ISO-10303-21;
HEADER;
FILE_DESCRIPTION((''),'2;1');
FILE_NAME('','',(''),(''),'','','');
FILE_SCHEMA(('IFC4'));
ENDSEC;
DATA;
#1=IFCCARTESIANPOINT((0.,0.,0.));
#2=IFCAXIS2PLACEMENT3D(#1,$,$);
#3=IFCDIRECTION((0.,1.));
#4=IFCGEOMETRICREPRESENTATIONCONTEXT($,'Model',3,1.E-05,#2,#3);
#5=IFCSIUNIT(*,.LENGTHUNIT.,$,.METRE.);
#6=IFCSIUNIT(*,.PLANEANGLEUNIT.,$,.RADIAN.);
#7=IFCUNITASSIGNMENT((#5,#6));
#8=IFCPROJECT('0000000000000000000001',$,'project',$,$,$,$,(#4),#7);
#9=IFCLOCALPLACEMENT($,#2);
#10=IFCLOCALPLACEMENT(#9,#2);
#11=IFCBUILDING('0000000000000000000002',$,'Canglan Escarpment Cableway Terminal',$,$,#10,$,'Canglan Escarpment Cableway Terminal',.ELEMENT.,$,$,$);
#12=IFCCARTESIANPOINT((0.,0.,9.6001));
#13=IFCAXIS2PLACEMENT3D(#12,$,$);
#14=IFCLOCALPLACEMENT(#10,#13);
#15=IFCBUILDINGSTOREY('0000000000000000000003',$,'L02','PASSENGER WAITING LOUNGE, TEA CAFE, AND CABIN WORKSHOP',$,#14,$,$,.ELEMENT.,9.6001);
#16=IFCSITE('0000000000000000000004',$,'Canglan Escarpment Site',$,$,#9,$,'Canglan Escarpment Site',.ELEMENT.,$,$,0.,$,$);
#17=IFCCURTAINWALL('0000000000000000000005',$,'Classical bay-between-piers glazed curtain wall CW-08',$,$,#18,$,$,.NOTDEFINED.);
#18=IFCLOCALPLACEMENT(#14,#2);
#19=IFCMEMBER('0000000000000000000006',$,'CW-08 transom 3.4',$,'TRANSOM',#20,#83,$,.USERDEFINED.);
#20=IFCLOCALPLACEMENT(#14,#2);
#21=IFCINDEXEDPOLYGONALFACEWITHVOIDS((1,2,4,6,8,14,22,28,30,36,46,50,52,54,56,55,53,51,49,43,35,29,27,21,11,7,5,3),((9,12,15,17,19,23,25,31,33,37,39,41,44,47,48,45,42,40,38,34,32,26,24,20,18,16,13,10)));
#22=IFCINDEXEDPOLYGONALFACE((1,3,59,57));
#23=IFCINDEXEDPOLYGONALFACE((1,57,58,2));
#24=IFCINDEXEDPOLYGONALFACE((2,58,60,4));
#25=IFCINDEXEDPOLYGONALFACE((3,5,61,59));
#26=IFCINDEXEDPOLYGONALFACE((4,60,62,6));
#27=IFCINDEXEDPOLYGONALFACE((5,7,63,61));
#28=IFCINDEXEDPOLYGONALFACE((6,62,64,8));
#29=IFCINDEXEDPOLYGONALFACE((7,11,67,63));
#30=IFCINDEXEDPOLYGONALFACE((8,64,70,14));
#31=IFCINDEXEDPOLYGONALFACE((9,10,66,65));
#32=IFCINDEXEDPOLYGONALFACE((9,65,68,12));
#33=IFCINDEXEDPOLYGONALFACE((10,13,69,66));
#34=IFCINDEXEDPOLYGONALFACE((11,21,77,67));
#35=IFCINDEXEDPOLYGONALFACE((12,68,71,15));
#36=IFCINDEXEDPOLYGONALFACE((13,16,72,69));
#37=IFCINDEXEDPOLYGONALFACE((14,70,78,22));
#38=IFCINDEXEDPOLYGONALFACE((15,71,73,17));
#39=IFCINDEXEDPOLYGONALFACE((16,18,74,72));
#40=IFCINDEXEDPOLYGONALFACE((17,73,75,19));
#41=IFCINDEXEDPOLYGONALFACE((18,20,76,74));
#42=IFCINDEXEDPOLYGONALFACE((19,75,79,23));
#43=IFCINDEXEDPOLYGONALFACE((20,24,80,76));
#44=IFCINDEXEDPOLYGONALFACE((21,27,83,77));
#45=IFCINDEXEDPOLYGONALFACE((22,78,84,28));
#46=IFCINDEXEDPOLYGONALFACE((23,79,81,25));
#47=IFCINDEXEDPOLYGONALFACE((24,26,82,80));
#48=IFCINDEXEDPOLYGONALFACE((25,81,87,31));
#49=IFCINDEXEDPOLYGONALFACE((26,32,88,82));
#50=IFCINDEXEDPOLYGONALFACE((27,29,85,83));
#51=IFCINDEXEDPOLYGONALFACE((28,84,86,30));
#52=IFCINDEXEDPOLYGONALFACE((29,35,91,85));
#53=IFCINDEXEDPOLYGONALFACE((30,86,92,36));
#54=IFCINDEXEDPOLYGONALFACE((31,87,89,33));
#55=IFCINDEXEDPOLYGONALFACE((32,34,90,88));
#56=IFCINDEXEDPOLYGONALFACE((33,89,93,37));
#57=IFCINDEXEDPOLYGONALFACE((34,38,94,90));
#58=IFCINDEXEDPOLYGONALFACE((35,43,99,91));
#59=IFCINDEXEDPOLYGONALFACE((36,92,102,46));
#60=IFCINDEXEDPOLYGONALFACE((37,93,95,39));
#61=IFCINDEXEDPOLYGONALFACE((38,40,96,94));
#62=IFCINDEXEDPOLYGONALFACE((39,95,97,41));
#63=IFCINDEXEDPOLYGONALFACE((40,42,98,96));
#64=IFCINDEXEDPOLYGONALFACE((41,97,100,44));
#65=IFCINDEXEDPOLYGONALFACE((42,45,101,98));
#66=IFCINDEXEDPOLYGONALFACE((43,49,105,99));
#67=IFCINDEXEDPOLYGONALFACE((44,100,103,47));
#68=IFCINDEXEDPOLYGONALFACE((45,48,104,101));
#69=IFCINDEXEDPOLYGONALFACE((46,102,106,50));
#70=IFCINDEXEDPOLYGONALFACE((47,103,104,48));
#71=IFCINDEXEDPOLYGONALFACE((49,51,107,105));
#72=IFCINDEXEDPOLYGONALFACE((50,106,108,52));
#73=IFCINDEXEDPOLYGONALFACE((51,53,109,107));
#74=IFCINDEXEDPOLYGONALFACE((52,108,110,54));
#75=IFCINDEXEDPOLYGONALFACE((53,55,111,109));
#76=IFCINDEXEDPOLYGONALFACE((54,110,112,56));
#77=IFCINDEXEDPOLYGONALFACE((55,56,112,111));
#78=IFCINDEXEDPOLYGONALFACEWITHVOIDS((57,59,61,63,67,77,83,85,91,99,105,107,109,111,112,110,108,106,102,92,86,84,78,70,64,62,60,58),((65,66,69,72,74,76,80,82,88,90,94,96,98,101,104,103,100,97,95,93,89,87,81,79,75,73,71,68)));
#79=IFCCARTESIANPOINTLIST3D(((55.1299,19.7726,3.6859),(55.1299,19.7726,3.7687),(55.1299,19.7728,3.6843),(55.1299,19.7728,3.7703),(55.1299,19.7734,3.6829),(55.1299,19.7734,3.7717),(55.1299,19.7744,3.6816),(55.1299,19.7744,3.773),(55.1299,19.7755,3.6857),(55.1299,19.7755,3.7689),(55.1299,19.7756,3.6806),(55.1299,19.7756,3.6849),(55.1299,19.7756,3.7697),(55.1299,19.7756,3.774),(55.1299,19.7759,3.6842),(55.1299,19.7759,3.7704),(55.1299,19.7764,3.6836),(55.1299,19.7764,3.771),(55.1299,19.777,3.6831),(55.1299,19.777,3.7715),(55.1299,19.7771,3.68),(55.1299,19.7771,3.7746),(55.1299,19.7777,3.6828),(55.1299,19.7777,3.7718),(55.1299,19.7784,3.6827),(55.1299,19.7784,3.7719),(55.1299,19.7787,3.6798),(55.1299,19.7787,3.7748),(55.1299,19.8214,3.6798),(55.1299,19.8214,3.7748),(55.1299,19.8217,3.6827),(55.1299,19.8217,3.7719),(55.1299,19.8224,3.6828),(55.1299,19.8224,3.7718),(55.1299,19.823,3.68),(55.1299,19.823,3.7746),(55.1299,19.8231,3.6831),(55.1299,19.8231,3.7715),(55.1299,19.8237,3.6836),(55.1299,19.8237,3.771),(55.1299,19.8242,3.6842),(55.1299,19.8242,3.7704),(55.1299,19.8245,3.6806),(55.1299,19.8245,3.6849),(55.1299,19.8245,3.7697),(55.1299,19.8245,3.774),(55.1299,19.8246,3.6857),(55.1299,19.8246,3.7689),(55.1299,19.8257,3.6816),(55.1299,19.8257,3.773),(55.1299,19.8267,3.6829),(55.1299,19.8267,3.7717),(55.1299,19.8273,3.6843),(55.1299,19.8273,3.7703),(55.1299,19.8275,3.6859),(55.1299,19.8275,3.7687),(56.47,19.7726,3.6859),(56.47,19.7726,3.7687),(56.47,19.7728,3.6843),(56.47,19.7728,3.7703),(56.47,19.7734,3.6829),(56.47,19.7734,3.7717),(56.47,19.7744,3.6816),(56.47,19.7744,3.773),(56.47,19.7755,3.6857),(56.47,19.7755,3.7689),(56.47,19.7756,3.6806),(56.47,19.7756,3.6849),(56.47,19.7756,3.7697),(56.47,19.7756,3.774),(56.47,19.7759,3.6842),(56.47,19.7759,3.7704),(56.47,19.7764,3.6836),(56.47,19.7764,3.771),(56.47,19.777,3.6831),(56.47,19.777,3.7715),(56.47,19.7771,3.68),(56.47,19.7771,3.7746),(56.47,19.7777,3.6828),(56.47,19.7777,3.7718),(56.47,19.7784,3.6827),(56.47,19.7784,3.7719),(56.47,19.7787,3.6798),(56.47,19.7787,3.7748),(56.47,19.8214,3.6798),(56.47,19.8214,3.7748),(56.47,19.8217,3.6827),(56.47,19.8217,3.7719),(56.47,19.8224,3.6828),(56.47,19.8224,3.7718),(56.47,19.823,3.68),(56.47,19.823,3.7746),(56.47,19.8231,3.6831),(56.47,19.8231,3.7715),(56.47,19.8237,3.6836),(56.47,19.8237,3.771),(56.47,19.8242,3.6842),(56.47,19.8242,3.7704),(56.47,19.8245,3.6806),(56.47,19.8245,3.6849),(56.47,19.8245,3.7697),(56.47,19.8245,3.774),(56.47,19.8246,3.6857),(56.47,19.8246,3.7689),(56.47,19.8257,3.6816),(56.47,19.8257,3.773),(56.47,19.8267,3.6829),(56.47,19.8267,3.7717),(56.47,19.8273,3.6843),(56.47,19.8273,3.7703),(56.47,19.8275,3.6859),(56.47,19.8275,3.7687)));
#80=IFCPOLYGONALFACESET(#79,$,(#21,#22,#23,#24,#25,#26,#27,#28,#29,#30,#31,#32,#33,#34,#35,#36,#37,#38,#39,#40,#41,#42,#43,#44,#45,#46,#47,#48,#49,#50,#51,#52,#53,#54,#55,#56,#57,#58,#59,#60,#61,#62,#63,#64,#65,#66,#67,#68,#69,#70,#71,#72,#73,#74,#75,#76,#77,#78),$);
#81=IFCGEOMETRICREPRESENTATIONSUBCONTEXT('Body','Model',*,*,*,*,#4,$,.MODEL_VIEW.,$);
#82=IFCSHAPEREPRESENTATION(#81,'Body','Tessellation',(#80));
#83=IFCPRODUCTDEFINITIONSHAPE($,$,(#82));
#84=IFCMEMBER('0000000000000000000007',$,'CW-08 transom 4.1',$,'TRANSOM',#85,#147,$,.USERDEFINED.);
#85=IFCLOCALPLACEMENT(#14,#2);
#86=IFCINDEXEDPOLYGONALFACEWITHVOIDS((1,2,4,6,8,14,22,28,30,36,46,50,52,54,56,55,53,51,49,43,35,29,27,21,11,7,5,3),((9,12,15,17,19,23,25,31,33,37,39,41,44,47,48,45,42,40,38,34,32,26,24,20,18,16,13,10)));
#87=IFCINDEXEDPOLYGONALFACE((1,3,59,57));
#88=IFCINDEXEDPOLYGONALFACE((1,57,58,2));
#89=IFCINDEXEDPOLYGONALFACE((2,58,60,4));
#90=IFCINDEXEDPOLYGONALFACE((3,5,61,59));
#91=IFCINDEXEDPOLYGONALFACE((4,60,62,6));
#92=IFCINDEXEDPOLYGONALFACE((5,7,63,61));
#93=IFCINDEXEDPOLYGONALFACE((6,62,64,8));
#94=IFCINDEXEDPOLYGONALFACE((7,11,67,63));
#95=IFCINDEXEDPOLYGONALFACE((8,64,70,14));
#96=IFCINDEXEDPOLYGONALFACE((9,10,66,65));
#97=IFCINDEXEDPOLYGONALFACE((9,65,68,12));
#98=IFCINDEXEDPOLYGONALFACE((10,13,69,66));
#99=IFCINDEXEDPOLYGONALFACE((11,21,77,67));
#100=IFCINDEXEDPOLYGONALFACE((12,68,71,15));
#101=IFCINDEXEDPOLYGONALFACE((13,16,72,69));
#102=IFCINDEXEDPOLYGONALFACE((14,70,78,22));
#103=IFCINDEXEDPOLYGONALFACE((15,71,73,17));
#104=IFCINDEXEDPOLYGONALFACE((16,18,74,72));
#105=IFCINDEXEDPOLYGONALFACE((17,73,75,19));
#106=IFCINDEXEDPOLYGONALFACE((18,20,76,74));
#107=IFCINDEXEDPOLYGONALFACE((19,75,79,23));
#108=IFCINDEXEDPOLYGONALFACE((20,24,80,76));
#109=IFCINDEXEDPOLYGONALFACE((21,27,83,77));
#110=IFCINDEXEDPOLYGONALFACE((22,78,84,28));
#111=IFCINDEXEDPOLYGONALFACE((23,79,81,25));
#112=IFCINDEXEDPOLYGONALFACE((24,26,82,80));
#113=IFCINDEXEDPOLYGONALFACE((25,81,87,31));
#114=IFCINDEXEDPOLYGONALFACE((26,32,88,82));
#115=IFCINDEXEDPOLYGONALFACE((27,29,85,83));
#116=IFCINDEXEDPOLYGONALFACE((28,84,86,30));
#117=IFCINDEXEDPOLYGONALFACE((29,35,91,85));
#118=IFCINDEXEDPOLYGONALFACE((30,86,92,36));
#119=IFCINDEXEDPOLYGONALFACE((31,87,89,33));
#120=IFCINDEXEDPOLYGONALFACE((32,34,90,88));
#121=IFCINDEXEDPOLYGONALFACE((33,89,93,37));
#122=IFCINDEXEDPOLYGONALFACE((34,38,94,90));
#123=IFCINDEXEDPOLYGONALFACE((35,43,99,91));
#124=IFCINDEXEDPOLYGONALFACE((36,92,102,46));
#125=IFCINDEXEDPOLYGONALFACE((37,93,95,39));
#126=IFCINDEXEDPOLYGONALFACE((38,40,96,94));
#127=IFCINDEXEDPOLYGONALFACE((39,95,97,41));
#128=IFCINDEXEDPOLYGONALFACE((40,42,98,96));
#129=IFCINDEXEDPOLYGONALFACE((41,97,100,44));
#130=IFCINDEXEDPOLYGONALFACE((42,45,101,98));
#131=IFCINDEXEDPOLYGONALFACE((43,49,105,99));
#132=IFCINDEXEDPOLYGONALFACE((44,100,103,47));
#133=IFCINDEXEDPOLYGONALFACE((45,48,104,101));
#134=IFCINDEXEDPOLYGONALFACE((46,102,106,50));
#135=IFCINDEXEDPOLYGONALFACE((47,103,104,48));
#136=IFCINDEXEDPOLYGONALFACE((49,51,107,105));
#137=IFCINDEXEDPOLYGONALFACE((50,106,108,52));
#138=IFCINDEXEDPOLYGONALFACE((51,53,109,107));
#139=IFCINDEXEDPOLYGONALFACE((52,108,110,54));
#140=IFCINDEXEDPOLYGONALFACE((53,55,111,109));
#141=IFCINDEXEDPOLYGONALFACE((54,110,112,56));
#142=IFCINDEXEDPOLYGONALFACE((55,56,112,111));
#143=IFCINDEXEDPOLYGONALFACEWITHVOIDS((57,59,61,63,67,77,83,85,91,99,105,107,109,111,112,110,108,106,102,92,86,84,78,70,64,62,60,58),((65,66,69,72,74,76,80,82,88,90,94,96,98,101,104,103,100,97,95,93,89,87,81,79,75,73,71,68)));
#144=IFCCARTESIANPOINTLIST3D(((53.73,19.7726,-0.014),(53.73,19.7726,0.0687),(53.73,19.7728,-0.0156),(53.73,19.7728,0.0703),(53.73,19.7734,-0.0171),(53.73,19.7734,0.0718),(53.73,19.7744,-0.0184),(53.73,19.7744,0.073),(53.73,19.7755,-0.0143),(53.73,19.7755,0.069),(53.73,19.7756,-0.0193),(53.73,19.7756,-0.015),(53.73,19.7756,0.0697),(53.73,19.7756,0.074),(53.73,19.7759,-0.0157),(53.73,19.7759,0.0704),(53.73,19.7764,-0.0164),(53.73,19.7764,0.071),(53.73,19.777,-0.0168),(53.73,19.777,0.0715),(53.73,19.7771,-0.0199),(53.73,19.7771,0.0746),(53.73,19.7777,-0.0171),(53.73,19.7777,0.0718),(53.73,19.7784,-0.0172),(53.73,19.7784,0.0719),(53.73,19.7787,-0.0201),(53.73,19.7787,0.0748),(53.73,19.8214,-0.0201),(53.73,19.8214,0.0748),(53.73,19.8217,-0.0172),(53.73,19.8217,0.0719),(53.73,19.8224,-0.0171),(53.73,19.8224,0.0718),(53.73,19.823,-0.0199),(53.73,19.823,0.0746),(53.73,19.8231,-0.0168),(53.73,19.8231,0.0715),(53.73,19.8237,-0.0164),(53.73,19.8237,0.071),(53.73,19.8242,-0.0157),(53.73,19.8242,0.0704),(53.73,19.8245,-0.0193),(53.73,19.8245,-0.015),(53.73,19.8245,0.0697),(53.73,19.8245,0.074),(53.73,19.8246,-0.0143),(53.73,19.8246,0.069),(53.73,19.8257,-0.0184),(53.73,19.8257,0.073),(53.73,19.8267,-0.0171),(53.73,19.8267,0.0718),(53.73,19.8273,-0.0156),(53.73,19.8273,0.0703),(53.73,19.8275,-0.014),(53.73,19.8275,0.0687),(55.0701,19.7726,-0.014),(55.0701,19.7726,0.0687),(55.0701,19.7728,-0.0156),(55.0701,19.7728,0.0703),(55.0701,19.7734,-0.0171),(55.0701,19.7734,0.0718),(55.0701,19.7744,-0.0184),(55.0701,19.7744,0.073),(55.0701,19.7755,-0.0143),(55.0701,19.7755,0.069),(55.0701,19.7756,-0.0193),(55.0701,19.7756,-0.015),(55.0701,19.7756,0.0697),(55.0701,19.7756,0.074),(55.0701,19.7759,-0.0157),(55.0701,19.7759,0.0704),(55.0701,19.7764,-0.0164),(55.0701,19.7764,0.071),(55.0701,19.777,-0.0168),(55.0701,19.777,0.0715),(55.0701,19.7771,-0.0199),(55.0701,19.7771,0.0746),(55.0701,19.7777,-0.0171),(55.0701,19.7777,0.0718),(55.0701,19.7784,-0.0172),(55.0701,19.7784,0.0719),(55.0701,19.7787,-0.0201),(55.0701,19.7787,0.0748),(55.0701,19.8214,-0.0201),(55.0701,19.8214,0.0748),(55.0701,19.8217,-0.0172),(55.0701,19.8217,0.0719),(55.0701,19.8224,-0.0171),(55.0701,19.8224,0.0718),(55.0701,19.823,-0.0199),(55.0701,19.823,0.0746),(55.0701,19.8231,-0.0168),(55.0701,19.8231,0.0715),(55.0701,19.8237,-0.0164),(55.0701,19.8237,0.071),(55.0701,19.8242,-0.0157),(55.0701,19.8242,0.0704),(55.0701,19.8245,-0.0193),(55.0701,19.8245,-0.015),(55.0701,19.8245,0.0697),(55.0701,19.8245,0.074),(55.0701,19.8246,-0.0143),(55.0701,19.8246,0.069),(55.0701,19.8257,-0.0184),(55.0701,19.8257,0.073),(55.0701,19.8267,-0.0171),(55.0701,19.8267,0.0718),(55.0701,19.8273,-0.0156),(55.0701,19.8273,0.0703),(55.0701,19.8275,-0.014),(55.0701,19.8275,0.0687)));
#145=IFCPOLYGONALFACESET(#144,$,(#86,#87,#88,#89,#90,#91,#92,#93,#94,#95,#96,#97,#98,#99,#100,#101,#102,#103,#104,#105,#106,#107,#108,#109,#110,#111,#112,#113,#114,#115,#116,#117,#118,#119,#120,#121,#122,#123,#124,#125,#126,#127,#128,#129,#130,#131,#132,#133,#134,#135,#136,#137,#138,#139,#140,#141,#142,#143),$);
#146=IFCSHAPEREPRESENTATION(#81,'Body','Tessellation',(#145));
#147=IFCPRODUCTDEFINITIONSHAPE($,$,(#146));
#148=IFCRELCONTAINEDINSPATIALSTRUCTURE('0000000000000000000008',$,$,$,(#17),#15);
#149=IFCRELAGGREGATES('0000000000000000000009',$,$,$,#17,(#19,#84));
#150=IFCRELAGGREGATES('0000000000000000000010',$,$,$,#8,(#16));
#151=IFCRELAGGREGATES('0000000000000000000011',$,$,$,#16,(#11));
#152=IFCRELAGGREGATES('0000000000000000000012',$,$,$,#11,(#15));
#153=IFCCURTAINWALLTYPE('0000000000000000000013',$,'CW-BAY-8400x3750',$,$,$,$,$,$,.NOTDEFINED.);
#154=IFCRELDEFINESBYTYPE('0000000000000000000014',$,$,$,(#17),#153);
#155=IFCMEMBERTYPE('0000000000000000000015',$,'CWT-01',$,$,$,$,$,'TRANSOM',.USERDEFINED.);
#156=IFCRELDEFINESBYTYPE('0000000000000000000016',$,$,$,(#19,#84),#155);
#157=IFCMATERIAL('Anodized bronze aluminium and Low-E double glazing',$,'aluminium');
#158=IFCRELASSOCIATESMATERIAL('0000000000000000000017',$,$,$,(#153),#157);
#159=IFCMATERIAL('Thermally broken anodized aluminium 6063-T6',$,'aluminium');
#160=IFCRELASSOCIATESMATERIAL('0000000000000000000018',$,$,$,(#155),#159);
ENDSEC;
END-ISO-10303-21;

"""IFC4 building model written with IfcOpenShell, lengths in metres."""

from ifc_helpers import new_model, si_unit, direction, frame, origin, origin_2d, place, context, subcontext, project, spatial, hollow_rectangle, extrude, material, material_profile, profile_set, type_object, element, aggregate, save


model = new_model("IFC4")

# Units and contexts
model_context = context("Model", 3, precision=1e-05, world=origin(), true_north=direction((0.0, 1.0)))
body_context = subcontext(model_context, "Body", "Model", "MODEL_VIEW")
ifc_project = project(units=[si_unit("LENGTHUNIT", "METRE"), si_unit("PLANEANGLEUNIT", "RADIAN")], contexts=[model_context])

# Site, building, storey
site_placement = place(None, origin())
site = spatial("IfcSite", under=ifc_project, at=site_placement, Name="Canglan Escarpment Site", LongName="Canglan Escarpment Site", CompositionType="ELEMENT", RefElevation=0.0)
building_placement = place(site_placement, origin())
building = spatial("IfcBuilding", under=site, at=building_placement, Name="Canglan Escarpment Cableway Terminal", LongName="Canglan Escarpment Cableway Terminal", CompositionType="ELEMENT")
storey_placement = place(building_placement, frame((0.0, 0.0, 9.6001)))
storey = spatial("IfcBuildingStorey", under=building, at=storey_placement, Name="L02", Description="PASSENGER WAITING LOUNGE, TEA CAFE, AND CABIN WORKSHOP", CompositionType="ELEMENT", Elevation=9.6001)

# Curtain wall, members
ifc_material_1 = material(Name="Anodized bronze aluminium and Low-E double glazing", Category="aluminium")
curtain_wall_type = type_object("IfcCurtainWallType", Name="CW-BAY-8400x3750", PredefinedType="NOTDEFINED", material=ifc_material_1)
curtain_wall_placement = place(storey_placement, origin())
curtain_wall = element("IfcCurtainWall", 1, at=curtain_wall_placement, inside=storey, type_object=curtain_wall_type, Name="Classical bay-between-piers glazed curtain wall CW-08", PredefinedType="NOTDEFINED")
ifc_material_2 = material(Name="Thermally broken anodized aluminium 6063-T6", Category="aluminium")
ifc_material_profile_1 = material_profile(ifc_material_2, hollow_rectangle(XDim=0.0549, YDim=0.095, WallThickness=0.0029, InnerFilletRadius=0.0029, OuterFilletRadius=0.0061, at=origin_2d()), Name="ALU-TRAN 55x95x3")
ifc_profile_set_1 = profile_set([ifc_material_profile_1], Name="Thermally broken anodized aluminium 6063-T6")
member_type_1 = type_object("IfcMemberType", Name="CWT-01", ElementType="TRANSOM", PredefinedType="USERDEFINED", material=ifc_profile_set_1)
member_1_placement = place(storey_placement, frame((56.47, 19.8, 3.7273), z_axis=(-1.0, 0.0, 0.0), x_axis=(0.0, -1.0, 0.0)))
member_1 = element("IfcMember", 2, at=member_1_placement, type_object=member_type_1, Name="CW-08 transom 3.4", ObjectType="TRANSOM", PredefinedType="USERDEFINED", context=body_context, shape_type="SweptSolid", body=[
    extrude(hollow_rectangle(XDim=0.0549, YDim=0.095, WallThickness=0.0029, InnerFilletRadius=0.0029, OuterFilletRadius=0.0061, at=origin_2d()), origin(), (0.0, 0.0, 1.0), 1.3401),
])
member_2_placement = place(storey_placement, frame((55.0701, 19.8, 0.0273), z_axis=(-1.0, 0.0, 0.0), x_axis=(0.0, -1.0, 0.0)))
member_2 = element("IfcMember", 3, at=member_2_placement, type_object=member_type_1, Name="CW-08 transom 4.1", ObjectType="TRANSOM", PredefinedType="USERDEFINED", context=body_context, shape_type="SweptSolid", body=[
    extrude(hollow_rectangle(XDim=0.0549, YDim=0.095, WallThickness=0.0029, InnerFilletRadius=0.0029, OuterFilletRadius=0.0061, at=origin_2d()), origin(), (0.0, 0.0, 1.0), 1.3401),
])
aggregate(curtain_wall, [member_1, member_2])

save(model, "model.ifc")
